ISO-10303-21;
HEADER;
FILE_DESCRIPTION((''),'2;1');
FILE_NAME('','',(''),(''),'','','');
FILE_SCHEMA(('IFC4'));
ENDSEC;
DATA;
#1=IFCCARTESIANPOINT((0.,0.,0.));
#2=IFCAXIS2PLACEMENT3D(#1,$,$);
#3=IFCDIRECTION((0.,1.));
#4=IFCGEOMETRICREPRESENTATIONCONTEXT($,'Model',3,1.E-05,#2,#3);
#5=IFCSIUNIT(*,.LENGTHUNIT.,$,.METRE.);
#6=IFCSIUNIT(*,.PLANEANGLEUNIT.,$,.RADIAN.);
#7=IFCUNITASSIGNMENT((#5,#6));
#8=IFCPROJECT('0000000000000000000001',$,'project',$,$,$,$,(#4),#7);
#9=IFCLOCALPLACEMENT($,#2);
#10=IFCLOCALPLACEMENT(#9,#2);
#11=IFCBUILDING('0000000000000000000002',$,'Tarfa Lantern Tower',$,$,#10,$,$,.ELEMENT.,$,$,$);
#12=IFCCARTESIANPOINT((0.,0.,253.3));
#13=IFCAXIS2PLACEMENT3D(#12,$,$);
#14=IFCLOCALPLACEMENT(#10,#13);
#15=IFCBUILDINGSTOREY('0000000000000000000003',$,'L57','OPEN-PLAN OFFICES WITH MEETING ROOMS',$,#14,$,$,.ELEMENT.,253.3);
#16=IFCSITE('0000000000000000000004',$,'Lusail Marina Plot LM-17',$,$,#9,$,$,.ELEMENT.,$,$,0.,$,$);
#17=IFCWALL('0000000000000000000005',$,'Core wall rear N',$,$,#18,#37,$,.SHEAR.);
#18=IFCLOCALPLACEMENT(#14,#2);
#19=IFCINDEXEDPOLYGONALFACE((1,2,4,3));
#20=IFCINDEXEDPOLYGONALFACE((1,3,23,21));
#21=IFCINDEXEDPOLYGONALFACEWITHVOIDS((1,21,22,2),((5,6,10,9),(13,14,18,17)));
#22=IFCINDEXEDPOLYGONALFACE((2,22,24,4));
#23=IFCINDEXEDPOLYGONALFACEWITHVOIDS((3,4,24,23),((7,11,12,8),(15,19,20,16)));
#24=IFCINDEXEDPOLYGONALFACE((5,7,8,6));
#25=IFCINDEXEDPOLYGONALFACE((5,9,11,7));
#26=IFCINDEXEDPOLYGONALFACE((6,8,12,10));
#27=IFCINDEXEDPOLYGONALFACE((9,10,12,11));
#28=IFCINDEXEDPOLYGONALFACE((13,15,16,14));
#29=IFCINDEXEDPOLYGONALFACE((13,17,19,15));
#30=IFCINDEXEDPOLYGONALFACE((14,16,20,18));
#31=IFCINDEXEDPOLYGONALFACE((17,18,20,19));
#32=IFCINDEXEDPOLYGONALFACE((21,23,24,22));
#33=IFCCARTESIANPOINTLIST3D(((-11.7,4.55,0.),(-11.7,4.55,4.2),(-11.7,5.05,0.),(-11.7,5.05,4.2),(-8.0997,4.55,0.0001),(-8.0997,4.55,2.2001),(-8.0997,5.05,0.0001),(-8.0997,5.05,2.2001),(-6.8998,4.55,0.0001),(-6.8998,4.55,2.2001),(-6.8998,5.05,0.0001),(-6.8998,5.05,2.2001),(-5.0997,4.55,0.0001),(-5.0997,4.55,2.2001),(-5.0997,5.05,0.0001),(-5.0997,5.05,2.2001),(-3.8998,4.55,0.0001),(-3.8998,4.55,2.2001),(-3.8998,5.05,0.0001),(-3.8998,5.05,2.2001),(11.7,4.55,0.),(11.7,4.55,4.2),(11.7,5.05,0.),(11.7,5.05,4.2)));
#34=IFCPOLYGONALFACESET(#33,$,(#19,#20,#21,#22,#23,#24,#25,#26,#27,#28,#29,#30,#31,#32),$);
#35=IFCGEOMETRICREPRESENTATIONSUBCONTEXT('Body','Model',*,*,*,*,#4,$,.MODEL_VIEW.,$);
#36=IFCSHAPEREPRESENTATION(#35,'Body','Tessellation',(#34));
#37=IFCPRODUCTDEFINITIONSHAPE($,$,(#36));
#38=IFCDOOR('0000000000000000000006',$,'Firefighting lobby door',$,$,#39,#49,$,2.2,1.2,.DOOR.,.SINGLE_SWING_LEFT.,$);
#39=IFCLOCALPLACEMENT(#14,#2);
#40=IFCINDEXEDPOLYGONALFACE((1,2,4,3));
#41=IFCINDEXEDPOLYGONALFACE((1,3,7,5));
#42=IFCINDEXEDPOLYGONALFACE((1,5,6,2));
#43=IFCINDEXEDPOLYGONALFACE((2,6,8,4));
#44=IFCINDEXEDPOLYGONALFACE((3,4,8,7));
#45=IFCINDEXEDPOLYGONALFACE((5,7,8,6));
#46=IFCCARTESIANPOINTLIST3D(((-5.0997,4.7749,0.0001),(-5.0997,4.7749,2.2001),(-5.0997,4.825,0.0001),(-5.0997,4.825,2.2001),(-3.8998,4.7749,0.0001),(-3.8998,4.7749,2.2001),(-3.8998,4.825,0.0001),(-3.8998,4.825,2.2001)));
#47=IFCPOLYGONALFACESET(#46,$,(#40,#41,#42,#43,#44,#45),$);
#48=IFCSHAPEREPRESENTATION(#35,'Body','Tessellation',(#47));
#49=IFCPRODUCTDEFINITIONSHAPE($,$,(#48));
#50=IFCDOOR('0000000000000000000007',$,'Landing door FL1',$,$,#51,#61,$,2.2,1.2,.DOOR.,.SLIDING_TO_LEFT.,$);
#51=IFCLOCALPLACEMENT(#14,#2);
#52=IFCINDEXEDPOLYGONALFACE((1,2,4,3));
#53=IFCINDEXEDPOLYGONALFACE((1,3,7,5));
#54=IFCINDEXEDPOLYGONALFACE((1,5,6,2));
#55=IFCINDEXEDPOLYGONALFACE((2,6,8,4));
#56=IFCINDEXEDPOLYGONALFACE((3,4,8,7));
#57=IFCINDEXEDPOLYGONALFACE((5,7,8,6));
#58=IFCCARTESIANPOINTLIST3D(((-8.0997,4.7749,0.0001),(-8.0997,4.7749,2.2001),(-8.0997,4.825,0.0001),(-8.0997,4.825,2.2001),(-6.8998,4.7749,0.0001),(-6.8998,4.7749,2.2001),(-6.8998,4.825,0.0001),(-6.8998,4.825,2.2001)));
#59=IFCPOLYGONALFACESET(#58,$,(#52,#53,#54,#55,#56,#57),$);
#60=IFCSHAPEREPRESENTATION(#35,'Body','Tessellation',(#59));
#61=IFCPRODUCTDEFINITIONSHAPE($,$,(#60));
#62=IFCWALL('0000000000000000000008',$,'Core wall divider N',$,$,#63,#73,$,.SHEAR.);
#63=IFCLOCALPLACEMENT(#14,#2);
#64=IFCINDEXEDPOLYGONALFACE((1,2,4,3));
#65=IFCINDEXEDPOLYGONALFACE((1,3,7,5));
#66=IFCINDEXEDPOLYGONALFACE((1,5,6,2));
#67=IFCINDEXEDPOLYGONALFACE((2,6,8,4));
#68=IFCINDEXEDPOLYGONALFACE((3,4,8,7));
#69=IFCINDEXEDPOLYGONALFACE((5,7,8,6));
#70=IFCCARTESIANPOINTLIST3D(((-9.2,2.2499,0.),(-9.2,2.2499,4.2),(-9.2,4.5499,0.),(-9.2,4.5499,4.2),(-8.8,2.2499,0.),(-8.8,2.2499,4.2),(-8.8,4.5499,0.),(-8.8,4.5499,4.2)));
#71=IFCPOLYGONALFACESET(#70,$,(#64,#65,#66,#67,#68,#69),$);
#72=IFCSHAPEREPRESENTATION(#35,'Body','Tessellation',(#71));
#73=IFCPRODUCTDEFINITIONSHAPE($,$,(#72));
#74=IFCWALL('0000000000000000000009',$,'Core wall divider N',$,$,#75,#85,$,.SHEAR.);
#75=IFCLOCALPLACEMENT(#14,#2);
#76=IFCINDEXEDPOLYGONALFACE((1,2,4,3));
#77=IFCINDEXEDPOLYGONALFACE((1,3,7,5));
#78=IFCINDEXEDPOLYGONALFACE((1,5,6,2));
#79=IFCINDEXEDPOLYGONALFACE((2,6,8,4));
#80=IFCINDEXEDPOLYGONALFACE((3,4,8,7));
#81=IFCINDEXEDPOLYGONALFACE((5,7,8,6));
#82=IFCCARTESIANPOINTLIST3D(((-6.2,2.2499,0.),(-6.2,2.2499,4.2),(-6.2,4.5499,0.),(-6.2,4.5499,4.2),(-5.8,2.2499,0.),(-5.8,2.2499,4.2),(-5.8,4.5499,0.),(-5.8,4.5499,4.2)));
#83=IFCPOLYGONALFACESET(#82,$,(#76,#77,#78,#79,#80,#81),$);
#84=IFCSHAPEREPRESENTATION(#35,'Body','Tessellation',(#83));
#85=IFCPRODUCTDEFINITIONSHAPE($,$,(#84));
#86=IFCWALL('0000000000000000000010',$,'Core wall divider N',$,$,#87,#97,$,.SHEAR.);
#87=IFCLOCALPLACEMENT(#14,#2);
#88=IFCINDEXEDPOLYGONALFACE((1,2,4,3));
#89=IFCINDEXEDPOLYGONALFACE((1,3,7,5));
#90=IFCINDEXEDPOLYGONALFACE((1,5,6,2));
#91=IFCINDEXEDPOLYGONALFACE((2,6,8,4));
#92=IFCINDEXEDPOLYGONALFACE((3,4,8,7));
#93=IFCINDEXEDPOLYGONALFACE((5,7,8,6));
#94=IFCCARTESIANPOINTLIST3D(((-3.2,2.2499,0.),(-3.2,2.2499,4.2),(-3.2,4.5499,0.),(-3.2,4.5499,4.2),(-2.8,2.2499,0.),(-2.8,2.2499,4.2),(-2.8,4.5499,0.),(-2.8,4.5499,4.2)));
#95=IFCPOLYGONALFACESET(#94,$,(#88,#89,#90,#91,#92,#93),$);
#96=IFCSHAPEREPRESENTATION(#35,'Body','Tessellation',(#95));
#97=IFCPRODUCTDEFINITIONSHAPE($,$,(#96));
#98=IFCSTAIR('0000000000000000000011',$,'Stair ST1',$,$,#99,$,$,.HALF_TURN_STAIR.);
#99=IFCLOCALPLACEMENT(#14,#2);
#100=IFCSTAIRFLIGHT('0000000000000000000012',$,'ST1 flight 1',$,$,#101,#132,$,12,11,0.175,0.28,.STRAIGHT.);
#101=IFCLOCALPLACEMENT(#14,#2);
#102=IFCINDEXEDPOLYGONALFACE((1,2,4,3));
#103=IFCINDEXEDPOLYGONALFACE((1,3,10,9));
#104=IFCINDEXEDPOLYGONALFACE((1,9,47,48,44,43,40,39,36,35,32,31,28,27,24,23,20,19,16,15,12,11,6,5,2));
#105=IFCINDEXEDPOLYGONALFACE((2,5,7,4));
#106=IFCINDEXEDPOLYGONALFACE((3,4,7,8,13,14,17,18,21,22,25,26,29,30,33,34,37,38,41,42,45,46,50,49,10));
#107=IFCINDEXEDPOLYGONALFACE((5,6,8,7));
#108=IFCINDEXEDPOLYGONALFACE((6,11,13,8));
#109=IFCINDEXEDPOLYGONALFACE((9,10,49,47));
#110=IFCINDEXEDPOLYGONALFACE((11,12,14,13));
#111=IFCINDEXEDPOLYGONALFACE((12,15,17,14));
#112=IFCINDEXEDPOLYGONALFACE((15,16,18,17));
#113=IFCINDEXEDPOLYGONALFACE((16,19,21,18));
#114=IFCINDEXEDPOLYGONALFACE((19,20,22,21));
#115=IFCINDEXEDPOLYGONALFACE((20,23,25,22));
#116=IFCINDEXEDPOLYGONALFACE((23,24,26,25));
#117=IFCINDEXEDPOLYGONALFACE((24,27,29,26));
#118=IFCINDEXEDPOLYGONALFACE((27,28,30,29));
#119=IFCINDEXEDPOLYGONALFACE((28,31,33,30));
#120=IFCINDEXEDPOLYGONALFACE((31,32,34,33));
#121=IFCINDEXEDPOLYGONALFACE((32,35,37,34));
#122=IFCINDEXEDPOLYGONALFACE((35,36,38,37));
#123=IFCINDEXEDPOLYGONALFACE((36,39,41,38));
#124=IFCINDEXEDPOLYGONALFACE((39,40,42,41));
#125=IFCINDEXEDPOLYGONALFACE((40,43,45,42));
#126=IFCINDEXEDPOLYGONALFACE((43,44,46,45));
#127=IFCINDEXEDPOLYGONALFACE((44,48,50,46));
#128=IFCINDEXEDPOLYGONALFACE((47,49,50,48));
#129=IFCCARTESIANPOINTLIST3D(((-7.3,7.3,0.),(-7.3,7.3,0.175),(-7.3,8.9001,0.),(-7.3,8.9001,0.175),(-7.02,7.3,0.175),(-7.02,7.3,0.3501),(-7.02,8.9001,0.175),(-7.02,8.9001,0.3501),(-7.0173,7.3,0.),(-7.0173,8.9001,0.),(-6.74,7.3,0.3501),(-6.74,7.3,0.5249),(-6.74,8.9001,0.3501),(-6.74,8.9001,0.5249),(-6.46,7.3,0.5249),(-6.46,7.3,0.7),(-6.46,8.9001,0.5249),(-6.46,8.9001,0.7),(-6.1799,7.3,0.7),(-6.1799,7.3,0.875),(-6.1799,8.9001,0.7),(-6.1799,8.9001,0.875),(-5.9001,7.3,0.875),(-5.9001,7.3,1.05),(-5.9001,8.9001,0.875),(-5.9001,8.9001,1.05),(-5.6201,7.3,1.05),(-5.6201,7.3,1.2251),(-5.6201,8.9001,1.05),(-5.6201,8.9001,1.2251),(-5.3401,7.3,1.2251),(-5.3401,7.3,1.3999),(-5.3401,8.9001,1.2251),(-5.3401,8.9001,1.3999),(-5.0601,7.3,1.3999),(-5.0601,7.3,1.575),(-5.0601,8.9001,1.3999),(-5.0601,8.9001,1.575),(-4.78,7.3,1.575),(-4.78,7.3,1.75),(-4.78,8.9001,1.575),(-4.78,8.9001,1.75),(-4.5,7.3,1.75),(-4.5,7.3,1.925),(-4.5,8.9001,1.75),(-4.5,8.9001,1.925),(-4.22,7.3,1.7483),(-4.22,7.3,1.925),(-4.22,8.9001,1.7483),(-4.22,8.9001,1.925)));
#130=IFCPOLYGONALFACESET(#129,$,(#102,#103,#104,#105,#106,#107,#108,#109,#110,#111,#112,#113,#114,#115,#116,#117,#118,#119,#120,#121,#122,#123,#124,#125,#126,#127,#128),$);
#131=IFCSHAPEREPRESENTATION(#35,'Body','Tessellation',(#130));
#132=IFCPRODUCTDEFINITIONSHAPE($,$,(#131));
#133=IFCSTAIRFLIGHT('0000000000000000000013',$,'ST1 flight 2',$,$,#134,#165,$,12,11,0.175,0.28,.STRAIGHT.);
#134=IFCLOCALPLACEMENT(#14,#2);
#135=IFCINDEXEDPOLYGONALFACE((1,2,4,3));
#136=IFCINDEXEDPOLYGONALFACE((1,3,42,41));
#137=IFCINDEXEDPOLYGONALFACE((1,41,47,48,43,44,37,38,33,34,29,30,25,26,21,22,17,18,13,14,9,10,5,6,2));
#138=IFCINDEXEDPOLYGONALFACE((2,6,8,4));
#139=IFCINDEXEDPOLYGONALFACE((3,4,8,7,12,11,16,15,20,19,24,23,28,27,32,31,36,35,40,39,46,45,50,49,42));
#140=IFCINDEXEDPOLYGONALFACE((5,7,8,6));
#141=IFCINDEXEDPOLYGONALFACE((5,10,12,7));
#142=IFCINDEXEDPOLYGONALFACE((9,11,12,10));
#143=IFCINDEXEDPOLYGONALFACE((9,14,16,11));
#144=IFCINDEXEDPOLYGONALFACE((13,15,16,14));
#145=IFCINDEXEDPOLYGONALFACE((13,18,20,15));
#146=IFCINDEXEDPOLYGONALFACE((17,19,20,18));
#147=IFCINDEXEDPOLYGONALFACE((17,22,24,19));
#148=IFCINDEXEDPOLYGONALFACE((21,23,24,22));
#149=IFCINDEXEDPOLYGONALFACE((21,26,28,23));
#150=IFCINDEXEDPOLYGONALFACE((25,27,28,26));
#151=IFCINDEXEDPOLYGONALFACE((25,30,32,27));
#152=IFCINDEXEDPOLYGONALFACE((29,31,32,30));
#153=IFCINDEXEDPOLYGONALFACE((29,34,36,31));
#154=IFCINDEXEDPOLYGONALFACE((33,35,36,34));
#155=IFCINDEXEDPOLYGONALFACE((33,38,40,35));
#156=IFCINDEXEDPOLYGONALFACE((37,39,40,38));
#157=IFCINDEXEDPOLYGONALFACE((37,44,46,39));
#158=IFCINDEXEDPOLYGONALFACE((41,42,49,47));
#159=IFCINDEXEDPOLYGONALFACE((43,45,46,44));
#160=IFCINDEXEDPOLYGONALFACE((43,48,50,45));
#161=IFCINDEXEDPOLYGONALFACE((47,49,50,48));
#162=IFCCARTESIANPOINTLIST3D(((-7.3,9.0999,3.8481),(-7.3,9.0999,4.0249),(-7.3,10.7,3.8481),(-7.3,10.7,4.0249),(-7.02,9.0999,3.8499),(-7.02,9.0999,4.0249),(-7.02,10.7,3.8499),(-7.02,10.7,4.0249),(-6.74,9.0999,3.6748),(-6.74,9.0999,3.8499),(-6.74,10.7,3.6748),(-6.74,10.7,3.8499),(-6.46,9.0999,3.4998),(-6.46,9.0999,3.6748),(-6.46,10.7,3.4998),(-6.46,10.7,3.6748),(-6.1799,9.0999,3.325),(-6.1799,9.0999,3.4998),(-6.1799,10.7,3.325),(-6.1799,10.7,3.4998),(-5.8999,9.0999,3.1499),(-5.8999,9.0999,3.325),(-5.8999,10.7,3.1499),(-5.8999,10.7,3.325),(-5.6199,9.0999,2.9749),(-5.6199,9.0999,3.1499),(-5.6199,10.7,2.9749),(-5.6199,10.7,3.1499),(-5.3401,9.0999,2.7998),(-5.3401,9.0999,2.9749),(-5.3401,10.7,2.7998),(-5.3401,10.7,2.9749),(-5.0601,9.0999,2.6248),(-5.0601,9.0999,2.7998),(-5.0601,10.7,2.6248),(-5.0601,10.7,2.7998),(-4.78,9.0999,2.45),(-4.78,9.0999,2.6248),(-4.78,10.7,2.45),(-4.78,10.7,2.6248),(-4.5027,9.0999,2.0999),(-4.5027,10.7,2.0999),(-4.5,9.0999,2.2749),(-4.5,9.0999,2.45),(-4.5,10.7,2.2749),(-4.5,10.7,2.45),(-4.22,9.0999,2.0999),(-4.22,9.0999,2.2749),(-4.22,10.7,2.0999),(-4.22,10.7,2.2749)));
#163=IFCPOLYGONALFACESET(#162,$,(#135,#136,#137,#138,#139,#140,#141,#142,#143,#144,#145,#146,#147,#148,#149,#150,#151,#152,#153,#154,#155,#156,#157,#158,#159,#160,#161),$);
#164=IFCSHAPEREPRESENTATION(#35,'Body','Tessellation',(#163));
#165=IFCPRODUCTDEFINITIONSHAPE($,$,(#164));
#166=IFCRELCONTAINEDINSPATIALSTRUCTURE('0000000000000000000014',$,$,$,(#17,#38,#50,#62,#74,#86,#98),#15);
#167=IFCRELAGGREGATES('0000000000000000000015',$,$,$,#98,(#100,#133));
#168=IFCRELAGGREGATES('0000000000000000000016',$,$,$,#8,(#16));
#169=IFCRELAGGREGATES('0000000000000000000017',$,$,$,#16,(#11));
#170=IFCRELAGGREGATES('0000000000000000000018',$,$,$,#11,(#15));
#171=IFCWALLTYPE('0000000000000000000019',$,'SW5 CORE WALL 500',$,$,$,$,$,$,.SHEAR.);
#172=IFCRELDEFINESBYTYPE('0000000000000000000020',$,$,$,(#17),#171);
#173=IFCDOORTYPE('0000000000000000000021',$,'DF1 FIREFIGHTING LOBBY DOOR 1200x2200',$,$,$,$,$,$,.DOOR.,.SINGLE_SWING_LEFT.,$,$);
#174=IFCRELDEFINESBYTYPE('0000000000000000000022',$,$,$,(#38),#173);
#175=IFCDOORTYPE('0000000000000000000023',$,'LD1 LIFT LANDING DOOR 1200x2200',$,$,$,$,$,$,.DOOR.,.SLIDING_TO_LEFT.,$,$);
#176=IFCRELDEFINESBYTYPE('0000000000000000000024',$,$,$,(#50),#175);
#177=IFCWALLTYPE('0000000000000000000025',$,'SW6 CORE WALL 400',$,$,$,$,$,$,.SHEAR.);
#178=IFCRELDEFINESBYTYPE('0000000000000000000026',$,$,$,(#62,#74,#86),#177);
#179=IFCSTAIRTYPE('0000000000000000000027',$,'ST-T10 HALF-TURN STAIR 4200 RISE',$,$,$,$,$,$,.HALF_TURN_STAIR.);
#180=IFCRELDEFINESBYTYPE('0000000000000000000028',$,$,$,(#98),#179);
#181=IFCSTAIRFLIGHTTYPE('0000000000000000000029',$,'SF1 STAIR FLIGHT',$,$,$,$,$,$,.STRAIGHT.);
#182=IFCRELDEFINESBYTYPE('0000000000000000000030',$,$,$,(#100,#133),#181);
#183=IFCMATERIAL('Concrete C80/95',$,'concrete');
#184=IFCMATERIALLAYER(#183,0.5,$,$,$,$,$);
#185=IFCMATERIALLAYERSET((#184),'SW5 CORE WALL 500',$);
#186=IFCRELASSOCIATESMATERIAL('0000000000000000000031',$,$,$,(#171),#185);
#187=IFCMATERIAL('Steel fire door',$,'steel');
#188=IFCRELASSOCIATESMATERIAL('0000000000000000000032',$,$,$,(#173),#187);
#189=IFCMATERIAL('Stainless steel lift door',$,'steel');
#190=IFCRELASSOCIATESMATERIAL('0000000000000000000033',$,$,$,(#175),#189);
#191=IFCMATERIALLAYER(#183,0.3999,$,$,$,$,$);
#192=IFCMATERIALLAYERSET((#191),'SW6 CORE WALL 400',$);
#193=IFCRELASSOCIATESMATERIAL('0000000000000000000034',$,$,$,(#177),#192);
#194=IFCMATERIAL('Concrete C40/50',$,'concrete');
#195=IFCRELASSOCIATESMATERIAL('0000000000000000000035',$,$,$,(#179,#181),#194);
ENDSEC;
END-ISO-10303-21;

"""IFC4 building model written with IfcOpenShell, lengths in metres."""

from ifc_helpers import new_model, si_unit, direction, frame, frame_2d, origin, place, context, subcontext, project, spatial, polyline, rectangle, outline, extrude, material, layer, layer_set, type_object, element, fill, aggregate, save


model = new_model("IFC4")

# Units and contexts
model_context = context("Model", 3, precision=1e-05, world=origin(), true_north=direction((0.0, 1.0)))
body_context = subcontext(model_context, "Body", "Model", "MODEL_VIEW")
ifc_project = project(units=[si_unit("LENGTHUNIT", "METRE"), si_unit("PLANEANGLEUNIT", "RADIAN")], contexts=[model_context])

# Site, building, storey
site_placement = place(None, origin())
site = spatial("IfcSite", under=ifc_project, at=site_placement, Name="Lusail Marina Plot LM-17", CompositionType="ELEMENT", RefElevation=0.0)
building_placement = place(site_placement, origin())
building = spatial("IfcBuilding", under=site, at=building_placement, Name="Tarfa Lantern Tower", CompositionType="ELEMENT")
storey_placement = place(building_placement, frame((0.0, 0.0, 253.3)))
storey = spatial("IfcBuildingStorey", under=building, at=storey_placement, Name="L57", Description="OPEN-PLAN OFFICES WITH MEETING ROOMS", CompositionType="ELEMENT", Elevation=253.3)

# Shared definitions
ifc_material_1 = material(Name="Concrete C80/95", Category="concrete")

# Shared definitions
ifc_material_2 = material(Name="Steel fire door", Category="steel")

# Wall, openings, doors
ifc_layer_1 = layer(ifc_material_1, 0.5)
ifc_layer_set_1 = layer_set([ifc_layer_1], Name="SW5 CORE WALL 500")
wall_type_1 = type_object("IfcWallType", Name="SW5 CORE WALL 500", PredefinedType="SHEAR", material=ifc_layer_set_1)
ifc_material_3 = material(Name="Stainless steel lift door", Category="steel")
wall_1_placement = place(storey_placement, frame((-11.7, 4.8, 0.0), z_axis=(0.0, 0.0, 1.0), x_axis=(1.0, 0.0, 0.0)))
wall_1 = element("IfcWall", 1, at=wall_1_placement, inside=storey, type_object=wall_type_1, Name="Core wall rear N", PredefinedType="SHEAR", context=body_context, shape_type="SweptSolid", body=[
    extrude(rectangle(XDim=23.3999, YDim=0.5, at=frame_2d((11.7, 0.0))), origin(), (0.0, 0.0, 1.0), 4.2),
])
opening_1_placement = place(wall_1_placement, frame((6.6001, 0.0, 0.0)))
opening_1 = element("IfcOpeningElement", 2, at=opening_1_placement, cuts=wall_1, PredefinedType="OPENING", context=body_context, shape_type="SweptSolid", body=[
    extrude(rectangle(XDim=1.2, YDim=2.2, at=frame_2d((0.6001, 1.1001))), frame((0.0, 0.26, 0.0), z_axis=(0.0, -1.0, 0.0), x_axis=(1.0, 0.0, 0.0)), (0.0, 0.0, 1.0), 0.52),
])
opening_2_placement = place(wall_1_placement, frame((3.6001, 0.0, 0.0)))
opening_2 = element("IfcOpeningElement", 3, at=opening_2_placement, cuts=wall_1, PredefinedType="OPENING", context=body_context, shape_type="SweptSolid", body=[
    extrude(rectangle(XDim=1.2, YDim=2.2, at=frame_2d((0.6001, 1.1001))), frame((0.0, 0.26, 0.0), z_axis=(0.0, -1.0, 0.0), x_axis=(1.0, 0.0, 0.0)), (0.0, 0.0, 1.0), 0.52),
])
door_type_1 = type_object("IfcDoorType", Name="DF1 FIREFIGHTING LOBBY DOOR 1200x2200", OperationType="SINGLE_SWING_LEFT", PredefinedType="DOOR", material=ifc_material_2)
door_1_placement = place(opening_1_placement, origin())
door_1 = element("IfcDoor", 4, at=door_1_placement, inside=storey, type_object=door_type_1, Name="Firefighting lobby door", OperationType="SINGLE_SWING_LEFT", OverallHeight=2.2, OverallWidth=1.2, PredefinedType="DOOR", context=body_context, shape_type="SweptSolid", body=[
    extrude(rectangle(XDim=1.2, YDim=2.2, at=frame_2d((0.6001, 1.1001))), frame((0.0, 0.0249, 0.0), z_axis=(0.0, -1.0, 0.0), x_axis=(1.0, 0.0, 0.0)), (0.0, 0.0, 1.0), 0.05),
])
fill(opening_1, door_1)
door_type_2 = type_object("IfcDoorType", Name="LD1 LIFT LANDING DOOR 1200x2200", OperationType="SLIDING_TO_LEFT", PredefinedType="DOOR", material=ifc_material_3)
door_2_placement = place(opening_2_placement, origin())
door_2 = element("IfcDoor", 5, at=door_2_placement, inside=storey, type_object=door_type_2, Name="Landing door FL1", OperationType="SLIDING_TO_LEFT", OverallHeight=2.2, OverallWidth=1.2, PredefinedType="DOOR", context=body_context, shape_type="SweptSolid", body=[
    extrude(rectangle(XDim=1.2, YDim=2.2, at=frame_2d((0.6001, 1.1001))), frame((0.0, 0.0249, 0.0), z_axis=(0.0, -1.0, 0.0), x_axis=(1.0, 0.0, 0.0)), (0.0, 0.0, 1.0), 0.05),
])
fill(opening_2, door_2)

# Walls
ifc_layer_2 = layer(ifc_material_1, 0.3999)
ifc_layer_set_2 = layer_set([ifc_layer_2], Name="SW6 CORE WALL 400")
wall_type_2 = type_object("IfcWallType", Name="SW6 CORE WALL 400", PredefinedType="SHEAR", material=ifc_layer_set_2)
for number, where, z_axis, x_axis, name in (
    (6, (-9.0, 2.25, 0.0), (0.0, 0.0, 1.0), (0.0, 1.0, 0.0), "Core wall divider N"),
    (7, (-6.0, 2.25, 0.0), (0.0, 0.0, 1.0), (0.0, 1.0, 0.0), "Core wall divider N"),
    (8, (-3.0, 2.25, 0.0), (0.0, 0.0, 1.0), (0.0, 1.0, 0.0), "Core wall divider N"),
):
    element("IfcWall", number, at=place(storey_placement, frame(where, z_axis=z_axis, x_axis=x_axis)), inside=storey, type_object=wall_type_2, Name=name, PredefinedType="SHEAR", context=body_context, shape_type="SweptSolid", body=[
        extrude(rectangle(XDim=2.3, YDim=0.3999, at=frame_2d((1.1499, 0.0))), origin(), (0.0, 0.0, 1.0), 4.2),
    ])

# Stair, stair flights
ifc_material_4 = material(Name="Concrete C40/50", Category="concrete")
stair_type = type_object("IfcStairType", Name="ST-T10 HALF-TURN STAIR 4200 RISE", PredefinedType="HALF_TURN_STAIR", material=ifc_material_4)
stair_placement = place(storey_placement, origin())
stair = element("IfcStair", 9, at=stair_placement, inside=storey, type_object=stair_type, Name="Stair ST1", PredefinedType="HALF_TURN_STAIR")
stair_flight_type = type_object("IfcStairFlightType", Name="SF1 STAIR FLIGHT", PredefinedType="STRAIGHT", material=ifc_material_4)
stair_flight_1_placement = place(storey_placement, frame((-7.3, 8.1001, 0.0), z_axis=(0.0, 0.0, 1.0), x_axis=(1.0, 0.0, 0.0)))
stair_flight_1 = element("IfcStairFlight", 10, at=stair_flight_1_placement, type_object=stair_flight_type, Name="ST1 flight 1", NumberOfRisers=12, NumberOfTreads=11, PredefinedType="STRAIGHT", RiserHeight=0.175, TreadLength=0.28, context=body_context, shape_type="SweptSolid", body=[
    extrude(outline(polyline([(0.0, 0.0), (0.0, 0.175), (0.28, 0.175), (0.28, 0.3501), (0.5601, 0.3501), (0.5601, 0.5249), (0.8401, 0.5249), (0.8401, 0.7), (1.1201, 0.7), (1.1201, 0.875), (1.3999, 0.875), (1.3999, 1.05), (1.6799, 1.05), (1.6799, 1.2251), (1.96, 1.2251), (1.96, 1.3999), (2.24, 1.3999), (2.24, 1.575), (2.52, 1.575), (2.52, 1.75), (2.8, 1.75), (2.8, 1.925), (3.0801, 1.925), (3.0801, 2.1001), (3.0801, 1.7483), (0.2827, 0.0), (0.0, 0.0)])), frame((0.0, 0.8, 0.0), z_axis=(0.0, -1.0, 0.0), x_axis=(1.0, 0.0, 0.0)), (0.0, 0.0, 1.0), 1.6001),
])
stair_flight_2_placement = place(storey_placement, frame((-4.22, 9.8999, 2.0999), z_axis=(0.0, 0.0, 1.0), x_axis=(-1.0, 0.0, 0.0)))
stair_flight_2 = element("IfcStairFlight", 11, at=stair_flight_2_placement, type_object=stair_flight_type, Name="ST1 flight 2", NumberOfRisers=12, NumberOfTreads=11, PredefinedType="STRAIGHT", RiserHeight=0.175, TreadLength=0.28, context=body_context, shape_type="SweptSolid", body=[
    extrude(outline(polyline([(0.0, 0.0), (0.0, 0.175), (0.28, 0.175), (0.28, 0.3501), (0.5601, 0.3501), (0.5601, 0.5249), (0.8401, 0.5249), (0.8401, 0.7), (1.1201, 0.7), (1.1201, 0.875), (1.3999, 0.875), (1.3999, 1.05), (1.6799, 1.05), (1.6799, 1.2251), (1.96, 1.2251), (1.96, 1.3999), (2.24, 1.3999), (2.24, 1.575), (2.52, 1.575), (2.52, 1.75), (2.8, 1.75), (2.8, 1.925), (3.0801, 1.925), (3.0801, 2.1001), (3.0801, 1.7483), (0.2827, 0.0), (0.0, 0.0)])), frame((0.0, 0.8, 0.0), z_axis=(0.0, -1.0, 0.0), x_axis=(1.0, 0.0, 0.0)), (0.0, 0.0, 1.0), 1.6001),
])
aggregate(stair, [stair_flight_1, stair_flight_2])

save(model, "model.ifc")
